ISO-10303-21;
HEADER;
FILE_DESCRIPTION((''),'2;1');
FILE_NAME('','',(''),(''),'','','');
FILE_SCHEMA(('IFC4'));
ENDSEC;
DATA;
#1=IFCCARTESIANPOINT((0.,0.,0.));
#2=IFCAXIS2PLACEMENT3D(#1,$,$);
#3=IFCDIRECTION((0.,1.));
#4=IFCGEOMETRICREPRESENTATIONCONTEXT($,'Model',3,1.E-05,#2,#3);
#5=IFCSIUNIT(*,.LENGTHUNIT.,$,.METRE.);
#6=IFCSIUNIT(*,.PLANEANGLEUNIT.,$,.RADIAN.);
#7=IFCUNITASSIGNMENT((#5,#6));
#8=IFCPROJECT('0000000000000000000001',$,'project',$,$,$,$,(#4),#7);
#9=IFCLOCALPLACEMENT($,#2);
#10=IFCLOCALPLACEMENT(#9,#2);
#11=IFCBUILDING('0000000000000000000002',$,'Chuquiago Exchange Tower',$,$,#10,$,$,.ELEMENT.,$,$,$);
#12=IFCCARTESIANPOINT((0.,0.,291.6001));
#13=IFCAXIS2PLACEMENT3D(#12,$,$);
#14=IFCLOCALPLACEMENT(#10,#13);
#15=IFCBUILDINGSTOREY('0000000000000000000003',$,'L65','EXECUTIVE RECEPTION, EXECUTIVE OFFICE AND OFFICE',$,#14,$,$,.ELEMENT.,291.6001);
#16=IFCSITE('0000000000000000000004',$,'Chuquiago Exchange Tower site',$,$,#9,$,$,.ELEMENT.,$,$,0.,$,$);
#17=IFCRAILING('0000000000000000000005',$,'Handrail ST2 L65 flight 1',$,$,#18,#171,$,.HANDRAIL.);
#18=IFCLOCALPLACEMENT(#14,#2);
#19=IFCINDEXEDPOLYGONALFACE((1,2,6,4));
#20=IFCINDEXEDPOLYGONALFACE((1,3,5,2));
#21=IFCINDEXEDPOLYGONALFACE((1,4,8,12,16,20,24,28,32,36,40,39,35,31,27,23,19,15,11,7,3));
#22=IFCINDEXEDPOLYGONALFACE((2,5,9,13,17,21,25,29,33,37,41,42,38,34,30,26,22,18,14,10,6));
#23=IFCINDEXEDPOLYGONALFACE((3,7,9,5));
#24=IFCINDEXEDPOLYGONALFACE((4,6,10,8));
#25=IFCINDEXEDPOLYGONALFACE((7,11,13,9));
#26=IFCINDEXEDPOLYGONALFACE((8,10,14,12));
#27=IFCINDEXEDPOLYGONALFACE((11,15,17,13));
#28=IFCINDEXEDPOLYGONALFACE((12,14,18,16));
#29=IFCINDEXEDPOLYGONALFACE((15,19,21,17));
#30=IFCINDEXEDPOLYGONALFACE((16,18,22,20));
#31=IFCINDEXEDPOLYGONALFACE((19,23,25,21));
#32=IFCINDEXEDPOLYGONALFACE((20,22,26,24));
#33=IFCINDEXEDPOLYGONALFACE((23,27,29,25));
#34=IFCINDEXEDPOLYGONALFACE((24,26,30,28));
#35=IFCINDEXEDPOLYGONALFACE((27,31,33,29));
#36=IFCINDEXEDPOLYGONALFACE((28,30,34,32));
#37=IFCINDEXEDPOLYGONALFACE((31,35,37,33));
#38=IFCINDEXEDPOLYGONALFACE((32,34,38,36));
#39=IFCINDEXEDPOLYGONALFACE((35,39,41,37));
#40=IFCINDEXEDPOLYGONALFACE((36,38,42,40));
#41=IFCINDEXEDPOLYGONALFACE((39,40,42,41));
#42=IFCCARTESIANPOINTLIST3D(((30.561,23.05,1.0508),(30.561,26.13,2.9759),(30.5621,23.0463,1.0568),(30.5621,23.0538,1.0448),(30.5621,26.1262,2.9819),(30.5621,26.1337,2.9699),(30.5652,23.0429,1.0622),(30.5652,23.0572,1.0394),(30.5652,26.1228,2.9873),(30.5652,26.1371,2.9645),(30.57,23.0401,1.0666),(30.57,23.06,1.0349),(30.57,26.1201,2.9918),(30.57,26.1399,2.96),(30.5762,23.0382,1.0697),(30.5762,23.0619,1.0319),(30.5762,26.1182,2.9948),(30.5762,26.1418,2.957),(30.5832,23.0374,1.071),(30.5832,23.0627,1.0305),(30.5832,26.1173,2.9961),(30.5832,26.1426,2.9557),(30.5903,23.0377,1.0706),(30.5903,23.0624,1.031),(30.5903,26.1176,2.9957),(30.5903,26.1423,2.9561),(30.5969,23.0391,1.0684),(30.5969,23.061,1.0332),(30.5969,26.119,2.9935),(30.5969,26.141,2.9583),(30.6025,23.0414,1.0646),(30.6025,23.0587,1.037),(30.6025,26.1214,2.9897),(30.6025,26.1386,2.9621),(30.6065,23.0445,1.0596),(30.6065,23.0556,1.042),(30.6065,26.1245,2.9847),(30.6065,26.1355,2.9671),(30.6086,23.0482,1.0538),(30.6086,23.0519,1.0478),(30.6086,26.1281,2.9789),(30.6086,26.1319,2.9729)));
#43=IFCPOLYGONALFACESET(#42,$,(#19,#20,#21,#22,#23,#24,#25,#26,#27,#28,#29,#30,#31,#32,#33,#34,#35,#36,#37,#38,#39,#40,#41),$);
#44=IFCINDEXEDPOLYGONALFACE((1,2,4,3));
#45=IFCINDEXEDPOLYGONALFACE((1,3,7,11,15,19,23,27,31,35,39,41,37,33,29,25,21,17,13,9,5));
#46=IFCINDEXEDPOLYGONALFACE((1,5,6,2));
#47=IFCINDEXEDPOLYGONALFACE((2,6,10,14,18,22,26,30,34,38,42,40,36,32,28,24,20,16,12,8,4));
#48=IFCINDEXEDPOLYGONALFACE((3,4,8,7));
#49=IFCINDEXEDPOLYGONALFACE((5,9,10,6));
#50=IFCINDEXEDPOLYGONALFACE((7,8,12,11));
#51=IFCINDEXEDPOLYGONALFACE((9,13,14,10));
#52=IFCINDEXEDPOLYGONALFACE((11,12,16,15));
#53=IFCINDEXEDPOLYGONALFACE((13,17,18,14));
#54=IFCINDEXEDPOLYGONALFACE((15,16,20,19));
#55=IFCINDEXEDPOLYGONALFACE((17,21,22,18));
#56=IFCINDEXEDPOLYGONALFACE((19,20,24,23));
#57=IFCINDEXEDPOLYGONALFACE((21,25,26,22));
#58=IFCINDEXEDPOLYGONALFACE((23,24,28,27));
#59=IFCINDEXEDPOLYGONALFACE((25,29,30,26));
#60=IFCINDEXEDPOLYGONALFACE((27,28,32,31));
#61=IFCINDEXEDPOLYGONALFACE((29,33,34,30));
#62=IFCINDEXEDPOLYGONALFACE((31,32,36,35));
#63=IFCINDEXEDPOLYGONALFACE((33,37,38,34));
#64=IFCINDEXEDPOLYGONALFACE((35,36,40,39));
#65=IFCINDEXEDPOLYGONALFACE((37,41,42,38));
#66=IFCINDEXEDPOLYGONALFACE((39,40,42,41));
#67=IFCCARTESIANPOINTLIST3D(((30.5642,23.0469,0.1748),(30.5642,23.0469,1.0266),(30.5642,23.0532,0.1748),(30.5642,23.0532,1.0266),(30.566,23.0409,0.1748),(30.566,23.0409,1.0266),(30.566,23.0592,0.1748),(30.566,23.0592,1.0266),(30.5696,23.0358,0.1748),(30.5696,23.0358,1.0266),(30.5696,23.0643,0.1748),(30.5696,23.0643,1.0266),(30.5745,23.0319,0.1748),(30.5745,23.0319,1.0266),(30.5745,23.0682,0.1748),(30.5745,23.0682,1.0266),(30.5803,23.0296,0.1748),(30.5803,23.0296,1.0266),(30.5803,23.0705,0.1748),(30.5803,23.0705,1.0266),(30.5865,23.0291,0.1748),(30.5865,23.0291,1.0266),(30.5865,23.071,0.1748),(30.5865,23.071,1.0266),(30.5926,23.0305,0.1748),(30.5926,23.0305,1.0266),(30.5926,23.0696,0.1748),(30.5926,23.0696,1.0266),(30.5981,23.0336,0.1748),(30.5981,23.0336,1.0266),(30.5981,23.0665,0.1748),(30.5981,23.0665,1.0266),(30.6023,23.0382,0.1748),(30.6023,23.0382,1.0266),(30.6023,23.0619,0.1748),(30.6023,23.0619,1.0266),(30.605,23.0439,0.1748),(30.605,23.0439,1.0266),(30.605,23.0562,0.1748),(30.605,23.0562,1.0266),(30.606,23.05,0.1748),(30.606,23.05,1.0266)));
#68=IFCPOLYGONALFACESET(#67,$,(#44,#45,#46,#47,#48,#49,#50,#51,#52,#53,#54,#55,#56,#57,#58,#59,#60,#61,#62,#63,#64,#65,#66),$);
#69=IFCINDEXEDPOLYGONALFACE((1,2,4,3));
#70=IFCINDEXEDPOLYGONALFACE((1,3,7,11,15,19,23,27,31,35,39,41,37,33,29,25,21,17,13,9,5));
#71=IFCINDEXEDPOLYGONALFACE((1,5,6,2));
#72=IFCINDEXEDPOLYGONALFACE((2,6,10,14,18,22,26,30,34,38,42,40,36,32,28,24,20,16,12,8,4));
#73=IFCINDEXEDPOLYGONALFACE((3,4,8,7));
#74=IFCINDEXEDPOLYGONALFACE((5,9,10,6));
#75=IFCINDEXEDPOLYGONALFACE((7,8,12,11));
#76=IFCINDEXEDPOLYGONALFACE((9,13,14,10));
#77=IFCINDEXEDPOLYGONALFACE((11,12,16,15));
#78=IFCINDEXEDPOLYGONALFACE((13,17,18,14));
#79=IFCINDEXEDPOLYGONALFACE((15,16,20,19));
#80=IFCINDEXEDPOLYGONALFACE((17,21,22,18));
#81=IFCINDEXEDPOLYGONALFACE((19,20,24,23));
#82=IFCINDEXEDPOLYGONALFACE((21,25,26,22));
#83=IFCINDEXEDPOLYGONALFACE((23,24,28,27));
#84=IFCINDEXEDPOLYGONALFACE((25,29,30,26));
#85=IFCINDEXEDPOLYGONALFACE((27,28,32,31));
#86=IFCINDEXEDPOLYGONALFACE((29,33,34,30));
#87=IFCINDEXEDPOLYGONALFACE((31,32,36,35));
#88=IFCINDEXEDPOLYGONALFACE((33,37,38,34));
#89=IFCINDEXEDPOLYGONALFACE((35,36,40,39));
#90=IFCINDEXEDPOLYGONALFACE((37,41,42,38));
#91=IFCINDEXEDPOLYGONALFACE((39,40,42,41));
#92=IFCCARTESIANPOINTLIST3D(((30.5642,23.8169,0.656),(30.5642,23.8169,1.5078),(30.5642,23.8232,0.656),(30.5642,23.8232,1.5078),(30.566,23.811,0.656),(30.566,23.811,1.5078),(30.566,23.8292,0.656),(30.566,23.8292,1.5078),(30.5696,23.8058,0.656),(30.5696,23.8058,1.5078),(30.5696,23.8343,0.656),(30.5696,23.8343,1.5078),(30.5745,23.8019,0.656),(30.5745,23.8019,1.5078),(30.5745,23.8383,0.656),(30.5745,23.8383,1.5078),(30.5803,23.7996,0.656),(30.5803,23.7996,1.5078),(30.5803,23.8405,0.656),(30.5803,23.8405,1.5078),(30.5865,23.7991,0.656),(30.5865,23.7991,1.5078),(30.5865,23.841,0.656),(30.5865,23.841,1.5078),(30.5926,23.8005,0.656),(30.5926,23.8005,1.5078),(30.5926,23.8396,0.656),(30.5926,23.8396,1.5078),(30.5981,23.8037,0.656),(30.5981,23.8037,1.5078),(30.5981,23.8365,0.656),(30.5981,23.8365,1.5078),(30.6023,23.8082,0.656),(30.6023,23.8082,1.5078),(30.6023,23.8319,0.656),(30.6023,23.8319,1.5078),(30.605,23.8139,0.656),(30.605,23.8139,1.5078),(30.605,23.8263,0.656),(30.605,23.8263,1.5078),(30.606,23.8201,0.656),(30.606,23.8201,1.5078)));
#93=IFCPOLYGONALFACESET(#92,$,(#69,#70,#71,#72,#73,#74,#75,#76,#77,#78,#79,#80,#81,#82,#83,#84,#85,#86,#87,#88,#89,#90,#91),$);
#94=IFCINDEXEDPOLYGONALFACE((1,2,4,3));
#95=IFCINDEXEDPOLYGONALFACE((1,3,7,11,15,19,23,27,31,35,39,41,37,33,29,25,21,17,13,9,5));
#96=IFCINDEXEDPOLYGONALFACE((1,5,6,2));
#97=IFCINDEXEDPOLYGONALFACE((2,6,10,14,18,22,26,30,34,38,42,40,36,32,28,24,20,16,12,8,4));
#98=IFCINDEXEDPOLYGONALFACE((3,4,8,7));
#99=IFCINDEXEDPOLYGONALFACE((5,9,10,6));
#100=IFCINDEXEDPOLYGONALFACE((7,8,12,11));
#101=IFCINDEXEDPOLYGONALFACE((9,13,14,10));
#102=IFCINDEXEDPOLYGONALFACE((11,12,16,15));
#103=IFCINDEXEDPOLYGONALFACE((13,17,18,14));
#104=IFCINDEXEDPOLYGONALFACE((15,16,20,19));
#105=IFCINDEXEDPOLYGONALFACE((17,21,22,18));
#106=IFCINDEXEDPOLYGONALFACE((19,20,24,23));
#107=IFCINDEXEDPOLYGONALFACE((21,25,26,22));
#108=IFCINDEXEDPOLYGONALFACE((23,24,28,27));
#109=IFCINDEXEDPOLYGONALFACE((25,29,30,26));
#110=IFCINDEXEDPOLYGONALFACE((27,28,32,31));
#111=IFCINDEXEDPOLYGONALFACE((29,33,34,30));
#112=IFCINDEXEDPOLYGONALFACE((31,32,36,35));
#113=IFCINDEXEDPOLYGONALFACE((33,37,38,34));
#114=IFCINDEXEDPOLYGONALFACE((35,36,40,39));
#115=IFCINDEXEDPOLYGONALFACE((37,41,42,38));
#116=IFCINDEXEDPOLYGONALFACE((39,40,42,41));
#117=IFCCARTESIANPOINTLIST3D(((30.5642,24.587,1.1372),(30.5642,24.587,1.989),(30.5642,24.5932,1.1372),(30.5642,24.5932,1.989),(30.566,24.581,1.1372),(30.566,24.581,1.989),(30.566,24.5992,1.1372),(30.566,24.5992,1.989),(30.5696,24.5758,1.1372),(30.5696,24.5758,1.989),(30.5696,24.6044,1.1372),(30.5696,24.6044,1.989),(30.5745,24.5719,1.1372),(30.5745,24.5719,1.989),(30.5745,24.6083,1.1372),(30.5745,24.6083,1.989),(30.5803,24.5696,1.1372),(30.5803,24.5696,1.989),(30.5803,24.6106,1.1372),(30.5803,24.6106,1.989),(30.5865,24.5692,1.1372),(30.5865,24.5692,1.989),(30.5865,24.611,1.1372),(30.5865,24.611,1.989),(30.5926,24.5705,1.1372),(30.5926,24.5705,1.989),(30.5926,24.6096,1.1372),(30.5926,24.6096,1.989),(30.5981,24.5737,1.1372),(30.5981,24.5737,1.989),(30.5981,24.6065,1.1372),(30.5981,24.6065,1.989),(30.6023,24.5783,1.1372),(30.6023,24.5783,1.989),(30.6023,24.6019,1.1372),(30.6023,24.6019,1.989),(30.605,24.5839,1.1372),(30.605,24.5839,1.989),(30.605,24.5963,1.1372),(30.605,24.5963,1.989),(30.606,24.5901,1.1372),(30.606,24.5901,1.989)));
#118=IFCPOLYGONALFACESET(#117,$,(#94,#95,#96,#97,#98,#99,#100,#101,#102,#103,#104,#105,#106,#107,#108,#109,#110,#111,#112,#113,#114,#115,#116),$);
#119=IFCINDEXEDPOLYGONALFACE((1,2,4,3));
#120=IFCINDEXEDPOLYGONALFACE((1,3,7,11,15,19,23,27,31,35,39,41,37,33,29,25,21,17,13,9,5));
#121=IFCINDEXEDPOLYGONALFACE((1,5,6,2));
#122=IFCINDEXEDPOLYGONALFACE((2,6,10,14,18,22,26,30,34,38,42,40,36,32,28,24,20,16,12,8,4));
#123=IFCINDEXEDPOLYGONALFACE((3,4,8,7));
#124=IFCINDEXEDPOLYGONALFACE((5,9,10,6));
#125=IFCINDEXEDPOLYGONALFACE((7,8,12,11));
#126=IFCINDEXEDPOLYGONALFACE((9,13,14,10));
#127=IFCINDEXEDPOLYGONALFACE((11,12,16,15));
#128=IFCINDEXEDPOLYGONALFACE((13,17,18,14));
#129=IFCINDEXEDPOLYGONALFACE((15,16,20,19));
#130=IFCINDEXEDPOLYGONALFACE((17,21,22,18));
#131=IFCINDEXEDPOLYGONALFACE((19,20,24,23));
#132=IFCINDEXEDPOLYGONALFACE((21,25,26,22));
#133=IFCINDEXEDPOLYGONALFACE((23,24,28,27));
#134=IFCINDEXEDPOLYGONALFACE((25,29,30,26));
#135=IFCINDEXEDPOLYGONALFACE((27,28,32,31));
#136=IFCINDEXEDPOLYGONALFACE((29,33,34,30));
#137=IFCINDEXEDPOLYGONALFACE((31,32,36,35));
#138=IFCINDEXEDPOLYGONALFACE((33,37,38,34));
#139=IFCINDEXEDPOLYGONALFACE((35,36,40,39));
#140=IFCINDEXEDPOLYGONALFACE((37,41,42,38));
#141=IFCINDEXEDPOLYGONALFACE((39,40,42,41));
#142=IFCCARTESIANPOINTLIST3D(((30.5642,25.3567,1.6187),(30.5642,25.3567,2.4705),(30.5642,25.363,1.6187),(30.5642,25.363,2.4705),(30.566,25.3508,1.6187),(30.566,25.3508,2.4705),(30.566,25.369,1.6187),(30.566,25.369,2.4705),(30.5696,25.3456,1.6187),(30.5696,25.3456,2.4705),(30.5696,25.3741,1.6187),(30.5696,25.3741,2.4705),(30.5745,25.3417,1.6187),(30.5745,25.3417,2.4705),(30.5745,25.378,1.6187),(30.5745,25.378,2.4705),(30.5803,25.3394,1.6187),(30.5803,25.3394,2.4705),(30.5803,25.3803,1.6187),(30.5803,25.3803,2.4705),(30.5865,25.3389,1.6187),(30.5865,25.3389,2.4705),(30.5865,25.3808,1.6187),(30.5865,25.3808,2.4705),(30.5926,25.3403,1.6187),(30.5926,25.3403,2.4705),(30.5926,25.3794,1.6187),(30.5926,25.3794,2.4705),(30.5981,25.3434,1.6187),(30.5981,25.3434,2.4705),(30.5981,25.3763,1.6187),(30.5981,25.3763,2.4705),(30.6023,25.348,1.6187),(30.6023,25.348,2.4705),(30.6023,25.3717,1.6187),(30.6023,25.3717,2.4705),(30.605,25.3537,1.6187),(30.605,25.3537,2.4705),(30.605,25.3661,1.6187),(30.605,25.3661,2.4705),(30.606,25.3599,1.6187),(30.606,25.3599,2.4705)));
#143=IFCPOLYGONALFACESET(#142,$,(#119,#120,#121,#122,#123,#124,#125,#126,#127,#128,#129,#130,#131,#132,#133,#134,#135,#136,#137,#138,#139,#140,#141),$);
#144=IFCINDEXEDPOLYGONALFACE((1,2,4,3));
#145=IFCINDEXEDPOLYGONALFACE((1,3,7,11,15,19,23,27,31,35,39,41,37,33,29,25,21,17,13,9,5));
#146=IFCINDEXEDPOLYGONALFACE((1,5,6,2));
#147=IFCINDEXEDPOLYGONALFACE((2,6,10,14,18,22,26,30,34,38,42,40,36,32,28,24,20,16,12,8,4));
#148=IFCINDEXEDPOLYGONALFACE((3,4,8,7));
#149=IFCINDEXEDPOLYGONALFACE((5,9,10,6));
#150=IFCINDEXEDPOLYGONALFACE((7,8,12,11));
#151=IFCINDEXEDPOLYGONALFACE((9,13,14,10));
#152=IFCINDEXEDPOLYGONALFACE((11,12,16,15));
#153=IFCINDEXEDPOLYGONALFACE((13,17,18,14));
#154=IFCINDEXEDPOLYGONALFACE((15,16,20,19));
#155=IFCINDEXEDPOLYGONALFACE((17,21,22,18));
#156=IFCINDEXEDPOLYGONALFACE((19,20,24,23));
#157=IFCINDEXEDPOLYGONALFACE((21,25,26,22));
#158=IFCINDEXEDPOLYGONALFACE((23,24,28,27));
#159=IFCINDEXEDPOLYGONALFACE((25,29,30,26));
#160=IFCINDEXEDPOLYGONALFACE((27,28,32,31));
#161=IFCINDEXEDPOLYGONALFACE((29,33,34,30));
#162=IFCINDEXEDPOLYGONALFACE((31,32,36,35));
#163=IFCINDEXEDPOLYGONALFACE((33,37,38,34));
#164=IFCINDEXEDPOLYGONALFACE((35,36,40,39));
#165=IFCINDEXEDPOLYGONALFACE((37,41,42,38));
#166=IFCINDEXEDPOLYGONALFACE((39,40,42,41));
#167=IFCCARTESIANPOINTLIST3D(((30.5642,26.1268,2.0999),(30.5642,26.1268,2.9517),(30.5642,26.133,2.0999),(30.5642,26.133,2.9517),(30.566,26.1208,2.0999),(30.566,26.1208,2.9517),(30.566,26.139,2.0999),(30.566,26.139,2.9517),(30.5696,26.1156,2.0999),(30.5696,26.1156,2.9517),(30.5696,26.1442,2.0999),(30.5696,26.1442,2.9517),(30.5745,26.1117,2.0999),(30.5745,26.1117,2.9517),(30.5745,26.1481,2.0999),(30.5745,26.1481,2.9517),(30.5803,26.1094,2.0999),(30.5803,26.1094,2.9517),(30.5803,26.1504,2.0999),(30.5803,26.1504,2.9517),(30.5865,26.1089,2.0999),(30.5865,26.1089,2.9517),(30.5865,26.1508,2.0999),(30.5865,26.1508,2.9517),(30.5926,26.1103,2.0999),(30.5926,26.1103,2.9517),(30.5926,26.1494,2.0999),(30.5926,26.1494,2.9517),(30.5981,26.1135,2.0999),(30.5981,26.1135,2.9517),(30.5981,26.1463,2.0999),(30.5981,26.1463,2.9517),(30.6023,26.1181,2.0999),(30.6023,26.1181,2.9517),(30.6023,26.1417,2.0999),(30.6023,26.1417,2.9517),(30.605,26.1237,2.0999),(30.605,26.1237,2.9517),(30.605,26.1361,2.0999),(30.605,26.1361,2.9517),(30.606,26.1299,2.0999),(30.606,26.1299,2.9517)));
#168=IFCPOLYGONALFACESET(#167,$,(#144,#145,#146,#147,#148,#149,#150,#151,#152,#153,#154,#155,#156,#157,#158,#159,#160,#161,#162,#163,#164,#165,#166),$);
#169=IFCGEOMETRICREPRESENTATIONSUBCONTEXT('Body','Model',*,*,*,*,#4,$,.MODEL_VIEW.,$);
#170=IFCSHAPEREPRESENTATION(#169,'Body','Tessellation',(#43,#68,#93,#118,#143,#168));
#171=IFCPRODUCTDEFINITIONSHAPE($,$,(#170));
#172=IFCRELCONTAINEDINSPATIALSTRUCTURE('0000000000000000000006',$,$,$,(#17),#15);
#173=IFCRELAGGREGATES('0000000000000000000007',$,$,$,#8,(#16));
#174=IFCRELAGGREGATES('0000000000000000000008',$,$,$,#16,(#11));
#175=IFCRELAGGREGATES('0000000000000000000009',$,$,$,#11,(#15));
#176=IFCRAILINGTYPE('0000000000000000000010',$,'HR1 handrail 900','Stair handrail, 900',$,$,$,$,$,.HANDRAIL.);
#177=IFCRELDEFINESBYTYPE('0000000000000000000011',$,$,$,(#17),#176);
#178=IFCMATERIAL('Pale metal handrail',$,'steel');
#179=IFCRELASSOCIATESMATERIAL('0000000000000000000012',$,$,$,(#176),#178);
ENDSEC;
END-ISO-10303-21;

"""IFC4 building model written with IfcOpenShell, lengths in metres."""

from ifc_helpers import new_model, si_unit, direction, frame, origin, origin_2d, place, context, subcontext, project, spatial, circle, extrude, material, type_object, element, save


model = new_model("IFC4")

# Units and contexts
model_context = context("Model", 3, precision=1e-05, world=origin(), true_north=direction((0.0, 1.0)))
body_context = subcontext(model_context, "Body", "Model", "MODEL_VIEW")
ifc_project = project(units=[si_unit("LENGTHUNIT", "METRE"), si_unit("PLANEANGLEUNIT", "RADIAN")], contexts=[model_context])

# Site, building, storey
site_placement = place(None, origin())
site = spatial("IfcSite", under=ifc_project, at=site_placement, Name="Chuquiago Exchange Tower site", CompositionType="ELEMENT", RefElevation=0.0)
building_placement = place(site_placement, origin())
building = spatial("IfcBuilding", under=site, at=building_placement, Name="Chuquiago Exchange Tower", CompositionType="ELEMENT")
storey_placement = place(building_placement, frame((0.0, 0.0, 291.6001)))
storey = spatial("IfcBuildingStorey", under=building, at=storey_placement, Name="L65", Description="EXECUTIVE RECEPTION, EXECUTIVE OFFICE AND OFFICE", CompositionType="ELEMENT", Elevation=291.6001)

# Railing
ifc_material_1 = material(Name="Pale metal handrail", Category="steel")
railing_type_1 = type_object("IfcRailingType", Name="HR1 handrail 900", Description="Stair handrail, 900", PredefinedType="HANDRAIL", material=ifc_material_1)
railing_1_placement = place(storey_placement, frame((30.585, 23.05, 0.1748)))
element("IfcRailing", 1, at=railing_1_placement, inside=storey, type_object=railing_type_1, Name="Handrail ST2 L65 flight 1", PredefinedType="HANDRAIL", context=body_context, shape_type="SweptSolid", body=[
    extrude(circle(Radius=0.0239, at=origin_2d()), frame((0.0, 0.0, 0.876), z_axis=(0.0, 0.847979, 0.530029), x_axis=(-1.0, 0.0, 0.0)), (0.0, 0.0, 1.0), 3.6321),
    extrude(circle(Radius=0.021, at=origin_2d()), origin(), (0.0, 0.0, 1.0), 0.8518),
    extrude(circle(Radius=0.021, at=origin_2d()), frame((0.0, 0.77, 0.4812)), (0.0, 0.0, 1.0), 0.8518),
    extrude(circle(Radius=0.021, at=origin_2d()), frame((0.0, 1.54, 0.9624)), (0.0, 0.0, 1.0), 0.8518),
    extrude(circle(Radius=0.021, at=origin_2d()), frame((0.0, 2.3098, 1.4438)), (0.0, 0.0, 1.0), 0.8518),
    extrude(circle(Radius=0.021, at=origin_2d()), frame((0.0, 3.0798, 1.925)), (0.0, 0.0, 1.0), 0.8518),
])

save(model, "model.ifc")
